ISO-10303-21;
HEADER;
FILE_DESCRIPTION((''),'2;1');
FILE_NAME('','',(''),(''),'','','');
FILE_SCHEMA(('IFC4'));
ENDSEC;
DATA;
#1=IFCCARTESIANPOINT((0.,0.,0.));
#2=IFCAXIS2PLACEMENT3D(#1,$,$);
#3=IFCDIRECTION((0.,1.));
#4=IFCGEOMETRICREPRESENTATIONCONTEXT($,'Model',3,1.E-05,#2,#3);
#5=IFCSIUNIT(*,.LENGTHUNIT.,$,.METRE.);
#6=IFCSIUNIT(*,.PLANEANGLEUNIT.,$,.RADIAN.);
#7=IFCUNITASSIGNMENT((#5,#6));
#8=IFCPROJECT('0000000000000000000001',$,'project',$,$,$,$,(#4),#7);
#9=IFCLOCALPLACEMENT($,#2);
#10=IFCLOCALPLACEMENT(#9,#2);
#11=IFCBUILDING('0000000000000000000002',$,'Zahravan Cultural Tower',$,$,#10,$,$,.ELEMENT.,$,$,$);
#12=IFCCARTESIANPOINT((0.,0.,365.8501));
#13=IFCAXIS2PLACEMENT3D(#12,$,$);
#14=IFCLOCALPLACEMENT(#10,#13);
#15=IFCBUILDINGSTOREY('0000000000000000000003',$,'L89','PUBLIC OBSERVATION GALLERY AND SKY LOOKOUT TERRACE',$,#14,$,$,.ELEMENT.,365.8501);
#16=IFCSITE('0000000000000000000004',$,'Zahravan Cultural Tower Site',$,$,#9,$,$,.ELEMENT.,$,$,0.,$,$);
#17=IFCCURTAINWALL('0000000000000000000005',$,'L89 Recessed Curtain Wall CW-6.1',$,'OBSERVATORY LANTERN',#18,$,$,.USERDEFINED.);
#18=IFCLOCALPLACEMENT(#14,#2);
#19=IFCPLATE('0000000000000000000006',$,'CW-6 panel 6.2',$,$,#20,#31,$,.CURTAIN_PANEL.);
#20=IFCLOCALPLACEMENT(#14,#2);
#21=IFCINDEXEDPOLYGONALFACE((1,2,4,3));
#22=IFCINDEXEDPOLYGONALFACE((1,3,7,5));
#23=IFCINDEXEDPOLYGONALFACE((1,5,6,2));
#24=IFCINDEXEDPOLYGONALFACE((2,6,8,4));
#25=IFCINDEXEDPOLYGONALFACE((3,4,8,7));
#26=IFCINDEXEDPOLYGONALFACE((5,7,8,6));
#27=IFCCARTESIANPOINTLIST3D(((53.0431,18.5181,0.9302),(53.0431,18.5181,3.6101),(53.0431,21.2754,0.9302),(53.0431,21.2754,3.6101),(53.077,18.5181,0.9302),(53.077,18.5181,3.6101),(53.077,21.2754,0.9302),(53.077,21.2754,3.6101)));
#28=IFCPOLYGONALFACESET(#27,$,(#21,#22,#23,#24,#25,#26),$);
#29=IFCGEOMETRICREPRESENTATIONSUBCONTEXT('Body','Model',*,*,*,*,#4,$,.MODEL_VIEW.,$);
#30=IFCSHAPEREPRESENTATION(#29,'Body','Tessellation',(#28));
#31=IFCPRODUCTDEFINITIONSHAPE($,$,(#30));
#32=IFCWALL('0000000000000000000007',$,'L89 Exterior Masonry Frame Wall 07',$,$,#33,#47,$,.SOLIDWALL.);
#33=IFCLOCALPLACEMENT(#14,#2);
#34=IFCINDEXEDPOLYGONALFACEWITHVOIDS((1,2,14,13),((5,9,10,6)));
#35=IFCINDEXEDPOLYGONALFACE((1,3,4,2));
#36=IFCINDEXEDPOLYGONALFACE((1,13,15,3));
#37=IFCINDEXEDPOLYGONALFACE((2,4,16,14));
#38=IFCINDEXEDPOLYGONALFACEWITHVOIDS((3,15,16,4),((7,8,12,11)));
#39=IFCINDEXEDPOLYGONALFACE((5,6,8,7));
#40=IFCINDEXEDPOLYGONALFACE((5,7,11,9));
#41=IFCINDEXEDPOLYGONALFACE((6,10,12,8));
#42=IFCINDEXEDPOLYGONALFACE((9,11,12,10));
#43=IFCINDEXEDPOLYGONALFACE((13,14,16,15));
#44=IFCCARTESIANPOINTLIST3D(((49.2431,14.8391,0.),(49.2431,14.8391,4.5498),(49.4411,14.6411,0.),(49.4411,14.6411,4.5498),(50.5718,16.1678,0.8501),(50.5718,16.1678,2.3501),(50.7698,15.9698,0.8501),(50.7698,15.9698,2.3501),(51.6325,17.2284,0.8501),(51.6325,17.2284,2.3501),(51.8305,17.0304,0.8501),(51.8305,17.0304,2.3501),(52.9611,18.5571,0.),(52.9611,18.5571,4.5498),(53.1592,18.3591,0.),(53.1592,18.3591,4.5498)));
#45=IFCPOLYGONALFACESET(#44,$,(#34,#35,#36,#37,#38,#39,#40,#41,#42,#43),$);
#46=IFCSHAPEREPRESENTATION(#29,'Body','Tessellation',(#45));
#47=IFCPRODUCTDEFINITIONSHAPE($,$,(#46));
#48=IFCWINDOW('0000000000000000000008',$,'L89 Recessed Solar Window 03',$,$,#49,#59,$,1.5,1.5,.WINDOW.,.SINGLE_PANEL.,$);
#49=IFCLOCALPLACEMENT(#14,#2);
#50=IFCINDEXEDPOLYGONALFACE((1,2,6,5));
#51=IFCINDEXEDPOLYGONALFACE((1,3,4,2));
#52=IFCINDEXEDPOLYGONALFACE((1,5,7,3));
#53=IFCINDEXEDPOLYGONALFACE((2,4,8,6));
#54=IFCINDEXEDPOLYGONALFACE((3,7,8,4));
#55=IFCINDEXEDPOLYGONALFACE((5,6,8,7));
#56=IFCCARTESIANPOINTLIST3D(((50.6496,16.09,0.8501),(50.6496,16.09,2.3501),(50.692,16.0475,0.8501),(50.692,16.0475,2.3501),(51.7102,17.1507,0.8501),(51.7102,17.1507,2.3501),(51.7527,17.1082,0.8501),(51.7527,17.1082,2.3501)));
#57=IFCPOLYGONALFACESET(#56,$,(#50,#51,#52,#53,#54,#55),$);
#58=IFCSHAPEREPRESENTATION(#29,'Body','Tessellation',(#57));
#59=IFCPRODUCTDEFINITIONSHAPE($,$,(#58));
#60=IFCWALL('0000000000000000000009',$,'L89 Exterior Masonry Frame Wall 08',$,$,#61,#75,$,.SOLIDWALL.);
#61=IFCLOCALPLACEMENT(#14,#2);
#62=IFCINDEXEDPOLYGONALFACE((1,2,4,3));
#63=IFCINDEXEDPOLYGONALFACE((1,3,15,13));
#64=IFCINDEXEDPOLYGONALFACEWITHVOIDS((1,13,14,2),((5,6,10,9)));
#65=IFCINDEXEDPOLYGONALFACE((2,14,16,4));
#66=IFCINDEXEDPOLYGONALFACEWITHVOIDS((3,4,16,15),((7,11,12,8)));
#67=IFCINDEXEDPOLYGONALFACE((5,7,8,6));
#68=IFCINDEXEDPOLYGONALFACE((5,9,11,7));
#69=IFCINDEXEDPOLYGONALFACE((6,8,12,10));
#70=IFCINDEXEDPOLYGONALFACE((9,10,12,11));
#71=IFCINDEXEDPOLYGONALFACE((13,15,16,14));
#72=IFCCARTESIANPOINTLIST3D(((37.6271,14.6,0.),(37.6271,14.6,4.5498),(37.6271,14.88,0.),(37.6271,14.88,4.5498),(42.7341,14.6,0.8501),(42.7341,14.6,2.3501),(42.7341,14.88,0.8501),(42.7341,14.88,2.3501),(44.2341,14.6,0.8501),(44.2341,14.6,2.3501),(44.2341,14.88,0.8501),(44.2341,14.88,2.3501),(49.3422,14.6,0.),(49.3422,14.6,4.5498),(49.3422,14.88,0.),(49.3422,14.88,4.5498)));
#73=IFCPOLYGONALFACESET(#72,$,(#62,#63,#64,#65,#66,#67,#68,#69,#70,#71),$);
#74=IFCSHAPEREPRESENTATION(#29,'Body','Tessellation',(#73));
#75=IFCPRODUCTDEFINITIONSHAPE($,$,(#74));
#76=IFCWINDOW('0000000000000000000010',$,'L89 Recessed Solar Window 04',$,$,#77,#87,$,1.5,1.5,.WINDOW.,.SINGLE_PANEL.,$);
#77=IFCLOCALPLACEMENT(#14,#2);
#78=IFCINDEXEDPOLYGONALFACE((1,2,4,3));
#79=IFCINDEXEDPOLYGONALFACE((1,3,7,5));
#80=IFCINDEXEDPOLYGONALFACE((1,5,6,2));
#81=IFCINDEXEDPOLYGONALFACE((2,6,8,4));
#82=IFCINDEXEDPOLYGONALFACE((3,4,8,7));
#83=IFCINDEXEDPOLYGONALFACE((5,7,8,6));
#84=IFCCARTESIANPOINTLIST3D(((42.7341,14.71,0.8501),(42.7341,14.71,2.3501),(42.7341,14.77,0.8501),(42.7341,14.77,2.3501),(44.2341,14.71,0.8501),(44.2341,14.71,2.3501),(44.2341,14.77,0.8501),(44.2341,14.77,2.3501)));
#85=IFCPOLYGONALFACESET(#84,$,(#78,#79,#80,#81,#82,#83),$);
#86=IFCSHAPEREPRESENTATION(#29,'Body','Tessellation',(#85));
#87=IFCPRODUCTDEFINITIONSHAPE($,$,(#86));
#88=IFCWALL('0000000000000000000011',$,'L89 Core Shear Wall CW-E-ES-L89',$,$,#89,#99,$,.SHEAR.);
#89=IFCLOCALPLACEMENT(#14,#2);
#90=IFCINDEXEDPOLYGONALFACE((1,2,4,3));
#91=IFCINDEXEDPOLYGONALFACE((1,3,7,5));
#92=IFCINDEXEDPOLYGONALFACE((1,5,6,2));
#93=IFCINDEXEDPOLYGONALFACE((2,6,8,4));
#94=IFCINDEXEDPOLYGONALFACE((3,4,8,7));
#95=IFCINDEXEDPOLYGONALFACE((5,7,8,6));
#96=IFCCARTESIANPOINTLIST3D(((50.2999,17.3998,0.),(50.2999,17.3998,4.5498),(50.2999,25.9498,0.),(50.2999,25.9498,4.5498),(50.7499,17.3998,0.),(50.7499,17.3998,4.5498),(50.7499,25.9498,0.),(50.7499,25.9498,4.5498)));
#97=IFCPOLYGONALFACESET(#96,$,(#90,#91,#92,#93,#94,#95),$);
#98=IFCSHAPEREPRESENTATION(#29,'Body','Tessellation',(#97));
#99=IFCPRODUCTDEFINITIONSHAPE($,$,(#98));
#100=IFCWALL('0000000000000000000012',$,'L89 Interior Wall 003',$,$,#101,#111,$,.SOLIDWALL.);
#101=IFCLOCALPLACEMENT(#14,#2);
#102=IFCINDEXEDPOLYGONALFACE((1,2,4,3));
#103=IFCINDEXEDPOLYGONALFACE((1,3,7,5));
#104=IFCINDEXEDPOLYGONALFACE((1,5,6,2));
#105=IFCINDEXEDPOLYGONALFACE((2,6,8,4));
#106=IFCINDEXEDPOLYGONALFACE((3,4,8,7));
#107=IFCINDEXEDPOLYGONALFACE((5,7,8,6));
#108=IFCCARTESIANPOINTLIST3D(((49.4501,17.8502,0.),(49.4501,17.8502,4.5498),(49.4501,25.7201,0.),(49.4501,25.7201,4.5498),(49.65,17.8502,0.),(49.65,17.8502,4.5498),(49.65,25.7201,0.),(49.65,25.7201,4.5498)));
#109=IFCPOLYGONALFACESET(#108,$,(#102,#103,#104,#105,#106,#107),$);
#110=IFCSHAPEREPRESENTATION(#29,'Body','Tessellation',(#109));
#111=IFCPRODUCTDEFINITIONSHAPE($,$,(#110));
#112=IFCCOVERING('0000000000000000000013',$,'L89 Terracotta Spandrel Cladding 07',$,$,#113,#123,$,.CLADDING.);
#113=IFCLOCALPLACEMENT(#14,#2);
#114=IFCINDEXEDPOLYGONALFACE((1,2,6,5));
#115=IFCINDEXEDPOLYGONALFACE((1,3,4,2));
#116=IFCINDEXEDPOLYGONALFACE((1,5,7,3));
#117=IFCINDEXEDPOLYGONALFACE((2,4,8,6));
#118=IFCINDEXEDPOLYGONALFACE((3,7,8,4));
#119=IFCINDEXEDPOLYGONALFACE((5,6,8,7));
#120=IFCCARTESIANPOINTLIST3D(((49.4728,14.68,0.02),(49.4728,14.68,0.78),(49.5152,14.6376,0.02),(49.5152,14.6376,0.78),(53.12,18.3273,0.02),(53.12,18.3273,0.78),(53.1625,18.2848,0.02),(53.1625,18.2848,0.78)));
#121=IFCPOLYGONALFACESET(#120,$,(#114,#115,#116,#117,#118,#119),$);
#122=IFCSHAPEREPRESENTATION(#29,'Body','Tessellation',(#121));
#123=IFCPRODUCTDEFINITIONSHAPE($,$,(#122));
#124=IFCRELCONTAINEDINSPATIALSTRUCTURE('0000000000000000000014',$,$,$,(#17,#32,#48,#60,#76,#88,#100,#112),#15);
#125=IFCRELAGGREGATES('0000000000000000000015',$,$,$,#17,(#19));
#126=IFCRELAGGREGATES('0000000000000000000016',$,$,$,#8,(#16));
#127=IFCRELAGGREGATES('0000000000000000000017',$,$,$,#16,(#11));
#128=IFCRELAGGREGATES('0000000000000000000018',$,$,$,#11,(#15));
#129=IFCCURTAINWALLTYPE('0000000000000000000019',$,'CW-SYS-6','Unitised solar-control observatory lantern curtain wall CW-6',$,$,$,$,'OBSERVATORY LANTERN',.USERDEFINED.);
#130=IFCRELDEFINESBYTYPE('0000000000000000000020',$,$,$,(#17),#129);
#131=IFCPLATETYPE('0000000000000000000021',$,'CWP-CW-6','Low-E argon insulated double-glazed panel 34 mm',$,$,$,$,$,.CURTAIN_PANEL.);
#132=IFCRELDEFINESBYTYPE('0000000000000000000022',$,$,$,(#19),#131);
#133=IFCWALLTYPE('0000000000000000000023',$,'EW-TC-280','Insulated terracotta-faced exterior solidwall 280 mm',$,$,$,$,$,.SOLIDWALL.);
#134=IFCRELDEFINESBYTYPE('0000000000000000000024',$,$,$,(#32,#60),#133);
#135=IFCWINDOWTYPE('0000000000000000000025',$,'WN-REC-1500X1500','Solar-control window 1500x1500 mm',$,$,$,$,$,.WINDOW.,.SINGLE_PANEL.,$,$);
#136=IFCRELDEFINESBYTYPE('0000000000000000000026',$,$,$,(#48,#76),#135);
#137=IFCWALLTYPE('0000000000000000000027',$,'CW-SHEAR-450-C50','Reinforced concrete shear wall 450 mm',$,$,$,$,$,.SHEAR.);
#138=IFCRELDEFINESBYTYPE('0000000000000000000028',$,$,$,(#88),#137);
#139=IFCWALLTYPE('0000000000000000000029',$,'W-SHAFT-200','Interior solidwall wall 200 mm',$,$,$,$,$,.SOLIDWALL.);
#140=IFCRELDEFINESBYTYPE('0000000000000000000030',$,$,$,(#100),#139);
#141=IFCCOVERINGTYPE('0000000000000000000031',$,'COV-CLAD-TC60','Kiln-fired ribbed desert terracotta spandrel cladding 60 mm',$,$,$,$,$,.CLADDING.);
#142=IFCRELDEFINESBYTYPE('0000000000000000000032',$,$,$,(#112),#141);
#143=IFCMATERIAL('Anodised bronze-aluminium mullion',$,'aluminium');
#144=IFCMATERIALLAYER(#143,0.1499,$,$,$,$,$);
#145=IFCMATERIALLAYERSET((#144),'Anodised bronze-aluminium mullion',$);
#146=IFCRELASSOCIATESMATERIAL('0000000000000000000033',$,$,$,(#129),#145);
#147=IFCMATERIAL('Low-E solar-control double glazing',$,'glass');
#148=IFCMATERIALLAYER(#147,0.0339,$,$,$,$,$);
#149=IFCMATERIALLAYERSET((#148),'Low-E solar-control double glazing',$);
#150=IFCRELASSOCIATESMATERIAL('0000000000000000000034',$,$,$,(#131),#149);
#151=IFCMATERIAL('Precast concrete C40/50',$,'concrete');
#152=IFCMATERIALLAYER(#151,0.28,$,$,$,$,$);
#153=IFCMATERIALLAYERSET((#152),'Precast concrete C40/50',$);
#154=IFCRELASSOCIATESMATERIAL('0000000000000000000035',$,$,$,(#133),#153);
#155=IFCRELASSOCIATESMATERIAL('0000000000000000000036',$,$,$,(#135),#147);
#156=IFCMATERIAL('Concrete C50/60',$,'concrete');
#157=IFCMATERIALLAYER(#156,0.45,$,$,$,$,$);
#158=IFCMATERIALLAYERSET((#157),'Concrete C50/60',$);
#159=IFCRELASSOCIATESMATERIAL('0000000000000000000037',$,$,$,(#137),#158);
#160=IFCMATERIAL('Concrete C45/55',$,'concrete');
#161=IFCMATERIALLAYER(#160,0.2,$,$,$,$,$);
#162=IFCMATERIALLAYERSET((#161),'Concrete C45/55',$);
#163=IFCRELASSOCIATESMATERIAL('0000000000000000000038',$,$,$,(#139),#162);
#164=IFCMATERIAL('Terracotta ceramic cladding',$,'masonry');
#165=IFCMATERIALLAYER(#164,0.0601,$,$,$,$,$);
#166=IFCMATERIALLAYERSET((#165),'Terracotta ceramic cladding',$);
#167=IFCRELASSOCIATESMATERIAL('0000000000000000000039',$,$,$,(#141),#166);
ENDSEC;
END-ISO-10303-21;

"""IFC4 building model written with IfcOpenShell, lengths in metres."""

from ifc_helpers import new_model, si_unit, direction, frame, frame_2d, origin, origin_2d, place, context, subcontext, project, spatial, rectangle, extrude, source, transform, mapped, material, layer, layer_set, type_object, element, fill, aggregate, save


model = new_model("IFC4")

# Units and contexts
model_context = context("Model", 3, precision=1e-05, world=origin(), true_north=direction((0.0, 1.0)))
body_context = subcontext(model_context, "Body", "Model", "MODEL_VIEW")
ifc_project = project(units=[si_unit("LENGTHUNIT", "METRE"), si_unit("PLANEANGLEUNIT", "RADIAN")], contexts=[model_context])

# Site, building, storey
site_placement = place(None, origin())
site = spatial("IfcSite", under=ifc_project, at=site_placement, Name="Zahravan Cultural Tower Site", CompositionType="ELEMENT", RefElevation=0.0)
building_placement = place(site_placement, origin())
building = spatial("IfcBuilding", under=site, at=building_placement, Name="Zahravan Cultural Tower", CompositionType="ELEMENT")
storey_placement = place(building_placement, frame((0.0, 0.0, 365.8501)))
storey = spatial("IfcBuildingStorey", under=building, at=storey_placement, Name="L89", Description="PUBLIC OBSERVATION GALLERY AND SKY LOOKOUT TERRACE", CompositionType="ELEMENT", Elevation=365.8501)

# Shared definitions
ifc_material_1 = material(Name="Concrete C50/60", Category="concrete")

# Curtain wall, plate
ifc_material_2 = material(Name="Anodised bronze-aluminium mullion", Category="aluminium")
ifc_layer_1 = layer(ifc_material_2, 0.1499)
ifc_layer_set_1 = layer_set([ifc_layer_1], Name="Anodised bronze-aluminium mullion")
curtain_wall_type = type_object("IfcCurtainWallType", Name="CW-SYS-6", Description="Unitised solar-control observatory lantern curtain wall CW-6", ElementType="OBSERVATORY LANTERN", PredefinedType="USERDEFINED", material=ifc_layer_set_1)
curtain_wall_placement = place(storey_placement, origin())
curtain_wall = element("IfcCurtainWall", 1, at=curtain_wall_placement, inside=storey, type_object=curtain_wall_type, Name="L89 Recessed Curtain Wall CW-6.1", ObjectType="OBSERVATORY LANTERN", PredefinedType="USERDEFINED")
ifc_material_3 = material(Name="Low-E solar-control double glazing", Category="glass")
ifc_layer_2 = layer(ifc_material_3, 0.0339)
ifc_layer_set_2 = layer_set([ifc_layer_2], Name="Low-E solar-control double glazing")
plate_type = type_object("IfcPlateType", Name="CWP-CW-6", Description="Low-E argon insulated double-glazed panel 34 mm", PredefinedType="CURTAIN_PANEL", material=ifc_layer_set_2)
shared_shape_1 = source(origin(), body_context, "Body", "SweptSolid", [
    extrude(rectangle(XDim=2.7573, YDim=0.0339, at=origin_2d()), origin(), (0.0, 0.0, 1.0), 2.6799),
])
plate_1_placement = place(storey_placement, frame((53.0601, 19.8967, 0.9302), z_axis=(0.0, 0.0, 1.0), x_axis=(0.0, -1.0, 0.0)))
plate_1 = element("IfcPlate", 2, at=plate_1_placement, type_object=plate_type, Name="CW-6 panel 6.2", PredefinedType="CURTAIN_PANEL", context=body_context, shape_type="MappedRepresentation", body=[
    mapped(shared_shape_1, transform((0.0, 0.0, 0.0), x_axis=(1.0, 0.0, 0.0), y_axis=(0.0, 1.0, 0.0), z_axis=(0.0, 0.0, 1.0), scale=1.0)),
])
aggregate(curtain_wall, [plate_1])

# Walls, openings, windows
ifc_material_4 = material(Name="Precast concrete C40/50", Category="concrete")
ifc_layer_3 = layer(ifc_material_4, 0.28)
ifc_layer_set_3 = layer_set([ifc_layer_3], Name="Precast concrete C40/50")
wall_type_1 = type_object("IfcWallType", Name="EW-TC-280", Description="Insulated terracotta-faced exterior solidwall 280 mm", PredefinedType="SOLIDWALL", material=ifc_layer_set_3)
wall_1_placement = place(storey_placement, frame((53.0601, 18.458, 0.0), z_axis=(0.0, 0.0, 1.0), x_axis=(-0.707107, -0.707107, 0.0)))
wall_1 = element("IfcWall", 3, at=wall_1_placement, inside=storey, type_object=wall_type_1, Name="L89 Exterior Masonry Frame Wall 07", PredefinedType="SOLIDWALL", context=body_context, shape_type="SweptSolid", body=[
    extrude(rectangle(XDim=5.2581, YDim=0.28, at=frame_2d((2.6289, 0.0))), origin(), (0.0, 0.0, 1.0), 4.5498),
])
opening_1_placement = place(wall_1_placement, frame((1.8789, 0.0, 0.8501)))
opening_1 = element("IfcOpeningElement", 4, at=opening_1_placement, cuts=wall_1, PredefinedType="OPENING", context=body_context, shape_type="SweptSolid", body=[
    extrude(rectangle(XDim=1.5, YDim=1.5, at=frame_2d((0.75, 0.75))), frame((0.0, 0.1499, 0.0), z_axis=(0.0, -1.0, 0.0), x_axis=(1.0, 0.0, 0.0)), (0.0, 0.0, 1.0), 0.3),
])
window_type = type_object("IfcWindowType", Name="WN-REC-1500X1500", Description="Solar-control window 1500x1500 mm", PartitioningType="SINGLE_PANEL", PredefinedType="WINDOW", material=ifc_material_3)
shared_shape_2 = source(origin(), body_context, "Body", "SweptSolid", [
    extrude(rectangle(XDim=1.5, YDim=1.5, at=frame_2d((0.75, 0.75))), frame((0.0, 0.03, 0.0), z_axis=(0.0, -1.0, 0.0), x_axis=(1.0, 0.0, 0.0)), (0.0, 0.0, 1.0), 0.0601),
])
window_1_placement = place(opening_1_placement, origin())
window_1 = element("IfcWindow", 5, at=window_1_placement, inside=storey, type_object=window_type, Name="L89 Recessed Solar Window 03", OverallHeight=1.5, OverallWidth=1.5, PartitioningType="SINGLE_PANEL", PredefinedType="WINDOW", context=body_context, shape_type="MappedRepresentation", body=[
    mapped(shared_shape_2, transform((0.0, 0.0, 0.0), x_axis=(1.0, 0.0, 0.0), y_axis=(0.0, 1.0, 0.0), z_axis=(0.0, 0.0, 1.0), scale=1.0)),
])
fill(opening_1, window_1)
wall_2_placement = place(storey_placement, frame((49.342, 14.74, 0.0), z_axis=(0.0, 0.0, 1.0), x_axis=(-1.0, 0.0, 0.0)))
wall_2 = element("IfcWall", 6, at=wall_2_placement, inside=storey, type_object=wall_type_1, Name="L89 Exterior Masonry Frame Wall 08", PredefinedType="SOLIDWALL", context=body_context, shape_type="SweptSolid", body=[
    extrude(rectangle(XDim=11.7151, YDim=0.28, at=frame_2d((5.8574, 0.0))), origin(), (0.0, 0.0, 1.0), 4.5498),
])
opening_2_placement = place(wall_2_placement, frame((5.1079, 0.0, 0.8501)))
opening_2 = element("IfcOpeningElement", 7, at=opening_2_placement, cuts=wall_2, PredefinedType="OPENING", context=body_context, shape_type="SweptSolid", body=[
    extrude(rectangle(XDim=1.5, YDim=1.5, at=frame_2d((0.75, 0.75))), frame((0.0, 0.1499, 0.0), z_axis=(0.0, -1.0, 0.0), x_axis=(1.0, 0.0, 0.0)), (0.0, 0.0, 1.0), 0.3),
])
window_2_placement = place(opening_2_placement, origin())
window_2 = element("IfcWindow", 8, at=window_2_placement, inside=storey, type_object=window_type, Name="L89 Recessed Solar Window 04", OverallHeight=1.5, OverallWidth=1.5, PartitioningType="SINGLE_PANEL", PredefinedType="WINDOW", context=body_context, shape_type="MappedRepresentation", body=[
    mapped(shared_shape_2, transform((0.0, 0.0, 0.0), x_axis=(1.0, 0.0, 0.0), y_axis=(0.0, 1.0, 0.0), z_axis=(0.0, 0.0, 1.0), scale=1.0)),
])
fill(opening_2, window_2)

# Walls
ifc_layer_4 = layer(ifc_material_1, 0.45)
ifc_layer_set_4 = layer_set([ifc_layer_4], Name="Concrete C50/60")
wall_type_2 = type_object("IfcWallType", Name="CW-SHEAR-450-C50", Description="Reinforced concrete shear wall 450 mm", PredefinedType="SHEAR", material=ifc_layer_set_4)
shared_shape_3 = source(origin(), body_context, "Body", "SweptSolid", [
    extrude(rectangle(XDim=8.55, YDim=0.45, at=frame_2d((4.2749, 0.0))), origin(), (0.0, 0.0, 1.0), 4.5498),
])
wall_3_placement = place(storey_placement, frame((50.5249, 17.3999, 0.0), z_axis=(0.0, 0.0, 1.0), x_axis=(0.0, 1.0, 0.0)))
element("IfcWall", 9, at=wall_3_placement, inside=storey, type_object=wall_type_2, Name="L89 Core Shear Wall CW-E-ES-L89", PredefinedType="SHEAR", context=body_context, shape_type="MappedRepresentation", body=[
    mapped(shared_shape_3, transform((0.0, 0.0, 0.0), x_axis=(1.0, 0.0, 0.0), y_axis=(0.0, 1.0, 0.0), z_axis=(0.0, 0.0, 1.0), scale=1.0)),
])
ifc_material_5 = material(Name="Concrete C45/55", Category="concrete")
ifc_layer_5 = layer(ifc_material_5, 0.2)
ifc_layer_set_5 = layer_set([ifc_layer_5], Name="Concrete C45/55")
wall_type_3 = type_object("IfcWallType", Name="W-SHAFT-200", Description="Interior solidwall wall 200 mm", PredefinedType="SOLIDWALL", material=ifc_layer_set_5)
shared_shape_4 = source(origin(), body_context, "Body", "SweptSolid", [
    extrude(rectangle(XDim=7.8699, YDim=0.2, at=frame_2d((3.9351, 0.0))), origin(), (0.0, 0.0, 1.0), 4.5498),
])
wall_4_placement = place(storey_placement, frame((49.55, 17.8501, 0.0), z_axis=(0.0, 0.0, 1.0), x_axis=(0.0, 1.0, 0.0)))
element("IfcWall", 10, at=wall_4_placement, inside=storey, type_object=wall_type_3, Name="L89 Interior Wall 003", PredefinedType="SOLIDWALL", context=body_context, shape_type="MappedRepresentation", body=[
    mapped(shared_shape_4, transform((0.0, 0.0, 0.0), x_axis=(1.0, 0.0, 0.0), y_axis=(0.0, 1.0, 0.0), z_axis=(0.0, 0.0, 1.0), scale=1.0)),
])

# Covering
ifc_material_6 = material(Name="Terracotta ceramic cladding", Category="masonry")
ifc_layer_6 = layer(ifc_material_6, 0.0601)
ifc_layer_set_6 = layer_set([ifc_layer_6], Name="Terracotta ceramic cladding")
covering_type = type_object("IfcCoveringType", Name="COV-CLAD-TC60", Description="Kiln-fired ribbed desert terracotta spandrel cladding 60 mm", PredefinedType="CLADDING", material=ifc_layer_set_6)
shared_shape_5 = source(origin(), body_context, "Body", "SweptSolid", [
    extrude(rectangle(XDim=5.158, YDim=0.0601, at=origin_2d()), origin(), (0.0, 0.0, 1.0), 0.76),
])
covering_placement = place(storey_placement, frame((51.3176, 16.4824, 0.02), z_axis=(0.0, 0.0, 1.0), x_axis=(-0.707107, -0.707107, 0.0)))
element("IfcCovering", 11, at=covering_placement, inside=storey, type_object=covering_type, Name="L89 Terracotta Spandrel Cladding 07", PredefinedType="CLADDING", context=body_context, shape_type="MappedRepresentation", body=[
    mapped(shared_shape_5, transform((0.0, 0.0, 0.0), x_axis=(1.0, 0.0, 0.0), y_axis=(0.0, 1.0, 0.0), z_axis=(0.0, 0.0, 1.0), scale=1.0)),
])

save(model, "model.ifc")
